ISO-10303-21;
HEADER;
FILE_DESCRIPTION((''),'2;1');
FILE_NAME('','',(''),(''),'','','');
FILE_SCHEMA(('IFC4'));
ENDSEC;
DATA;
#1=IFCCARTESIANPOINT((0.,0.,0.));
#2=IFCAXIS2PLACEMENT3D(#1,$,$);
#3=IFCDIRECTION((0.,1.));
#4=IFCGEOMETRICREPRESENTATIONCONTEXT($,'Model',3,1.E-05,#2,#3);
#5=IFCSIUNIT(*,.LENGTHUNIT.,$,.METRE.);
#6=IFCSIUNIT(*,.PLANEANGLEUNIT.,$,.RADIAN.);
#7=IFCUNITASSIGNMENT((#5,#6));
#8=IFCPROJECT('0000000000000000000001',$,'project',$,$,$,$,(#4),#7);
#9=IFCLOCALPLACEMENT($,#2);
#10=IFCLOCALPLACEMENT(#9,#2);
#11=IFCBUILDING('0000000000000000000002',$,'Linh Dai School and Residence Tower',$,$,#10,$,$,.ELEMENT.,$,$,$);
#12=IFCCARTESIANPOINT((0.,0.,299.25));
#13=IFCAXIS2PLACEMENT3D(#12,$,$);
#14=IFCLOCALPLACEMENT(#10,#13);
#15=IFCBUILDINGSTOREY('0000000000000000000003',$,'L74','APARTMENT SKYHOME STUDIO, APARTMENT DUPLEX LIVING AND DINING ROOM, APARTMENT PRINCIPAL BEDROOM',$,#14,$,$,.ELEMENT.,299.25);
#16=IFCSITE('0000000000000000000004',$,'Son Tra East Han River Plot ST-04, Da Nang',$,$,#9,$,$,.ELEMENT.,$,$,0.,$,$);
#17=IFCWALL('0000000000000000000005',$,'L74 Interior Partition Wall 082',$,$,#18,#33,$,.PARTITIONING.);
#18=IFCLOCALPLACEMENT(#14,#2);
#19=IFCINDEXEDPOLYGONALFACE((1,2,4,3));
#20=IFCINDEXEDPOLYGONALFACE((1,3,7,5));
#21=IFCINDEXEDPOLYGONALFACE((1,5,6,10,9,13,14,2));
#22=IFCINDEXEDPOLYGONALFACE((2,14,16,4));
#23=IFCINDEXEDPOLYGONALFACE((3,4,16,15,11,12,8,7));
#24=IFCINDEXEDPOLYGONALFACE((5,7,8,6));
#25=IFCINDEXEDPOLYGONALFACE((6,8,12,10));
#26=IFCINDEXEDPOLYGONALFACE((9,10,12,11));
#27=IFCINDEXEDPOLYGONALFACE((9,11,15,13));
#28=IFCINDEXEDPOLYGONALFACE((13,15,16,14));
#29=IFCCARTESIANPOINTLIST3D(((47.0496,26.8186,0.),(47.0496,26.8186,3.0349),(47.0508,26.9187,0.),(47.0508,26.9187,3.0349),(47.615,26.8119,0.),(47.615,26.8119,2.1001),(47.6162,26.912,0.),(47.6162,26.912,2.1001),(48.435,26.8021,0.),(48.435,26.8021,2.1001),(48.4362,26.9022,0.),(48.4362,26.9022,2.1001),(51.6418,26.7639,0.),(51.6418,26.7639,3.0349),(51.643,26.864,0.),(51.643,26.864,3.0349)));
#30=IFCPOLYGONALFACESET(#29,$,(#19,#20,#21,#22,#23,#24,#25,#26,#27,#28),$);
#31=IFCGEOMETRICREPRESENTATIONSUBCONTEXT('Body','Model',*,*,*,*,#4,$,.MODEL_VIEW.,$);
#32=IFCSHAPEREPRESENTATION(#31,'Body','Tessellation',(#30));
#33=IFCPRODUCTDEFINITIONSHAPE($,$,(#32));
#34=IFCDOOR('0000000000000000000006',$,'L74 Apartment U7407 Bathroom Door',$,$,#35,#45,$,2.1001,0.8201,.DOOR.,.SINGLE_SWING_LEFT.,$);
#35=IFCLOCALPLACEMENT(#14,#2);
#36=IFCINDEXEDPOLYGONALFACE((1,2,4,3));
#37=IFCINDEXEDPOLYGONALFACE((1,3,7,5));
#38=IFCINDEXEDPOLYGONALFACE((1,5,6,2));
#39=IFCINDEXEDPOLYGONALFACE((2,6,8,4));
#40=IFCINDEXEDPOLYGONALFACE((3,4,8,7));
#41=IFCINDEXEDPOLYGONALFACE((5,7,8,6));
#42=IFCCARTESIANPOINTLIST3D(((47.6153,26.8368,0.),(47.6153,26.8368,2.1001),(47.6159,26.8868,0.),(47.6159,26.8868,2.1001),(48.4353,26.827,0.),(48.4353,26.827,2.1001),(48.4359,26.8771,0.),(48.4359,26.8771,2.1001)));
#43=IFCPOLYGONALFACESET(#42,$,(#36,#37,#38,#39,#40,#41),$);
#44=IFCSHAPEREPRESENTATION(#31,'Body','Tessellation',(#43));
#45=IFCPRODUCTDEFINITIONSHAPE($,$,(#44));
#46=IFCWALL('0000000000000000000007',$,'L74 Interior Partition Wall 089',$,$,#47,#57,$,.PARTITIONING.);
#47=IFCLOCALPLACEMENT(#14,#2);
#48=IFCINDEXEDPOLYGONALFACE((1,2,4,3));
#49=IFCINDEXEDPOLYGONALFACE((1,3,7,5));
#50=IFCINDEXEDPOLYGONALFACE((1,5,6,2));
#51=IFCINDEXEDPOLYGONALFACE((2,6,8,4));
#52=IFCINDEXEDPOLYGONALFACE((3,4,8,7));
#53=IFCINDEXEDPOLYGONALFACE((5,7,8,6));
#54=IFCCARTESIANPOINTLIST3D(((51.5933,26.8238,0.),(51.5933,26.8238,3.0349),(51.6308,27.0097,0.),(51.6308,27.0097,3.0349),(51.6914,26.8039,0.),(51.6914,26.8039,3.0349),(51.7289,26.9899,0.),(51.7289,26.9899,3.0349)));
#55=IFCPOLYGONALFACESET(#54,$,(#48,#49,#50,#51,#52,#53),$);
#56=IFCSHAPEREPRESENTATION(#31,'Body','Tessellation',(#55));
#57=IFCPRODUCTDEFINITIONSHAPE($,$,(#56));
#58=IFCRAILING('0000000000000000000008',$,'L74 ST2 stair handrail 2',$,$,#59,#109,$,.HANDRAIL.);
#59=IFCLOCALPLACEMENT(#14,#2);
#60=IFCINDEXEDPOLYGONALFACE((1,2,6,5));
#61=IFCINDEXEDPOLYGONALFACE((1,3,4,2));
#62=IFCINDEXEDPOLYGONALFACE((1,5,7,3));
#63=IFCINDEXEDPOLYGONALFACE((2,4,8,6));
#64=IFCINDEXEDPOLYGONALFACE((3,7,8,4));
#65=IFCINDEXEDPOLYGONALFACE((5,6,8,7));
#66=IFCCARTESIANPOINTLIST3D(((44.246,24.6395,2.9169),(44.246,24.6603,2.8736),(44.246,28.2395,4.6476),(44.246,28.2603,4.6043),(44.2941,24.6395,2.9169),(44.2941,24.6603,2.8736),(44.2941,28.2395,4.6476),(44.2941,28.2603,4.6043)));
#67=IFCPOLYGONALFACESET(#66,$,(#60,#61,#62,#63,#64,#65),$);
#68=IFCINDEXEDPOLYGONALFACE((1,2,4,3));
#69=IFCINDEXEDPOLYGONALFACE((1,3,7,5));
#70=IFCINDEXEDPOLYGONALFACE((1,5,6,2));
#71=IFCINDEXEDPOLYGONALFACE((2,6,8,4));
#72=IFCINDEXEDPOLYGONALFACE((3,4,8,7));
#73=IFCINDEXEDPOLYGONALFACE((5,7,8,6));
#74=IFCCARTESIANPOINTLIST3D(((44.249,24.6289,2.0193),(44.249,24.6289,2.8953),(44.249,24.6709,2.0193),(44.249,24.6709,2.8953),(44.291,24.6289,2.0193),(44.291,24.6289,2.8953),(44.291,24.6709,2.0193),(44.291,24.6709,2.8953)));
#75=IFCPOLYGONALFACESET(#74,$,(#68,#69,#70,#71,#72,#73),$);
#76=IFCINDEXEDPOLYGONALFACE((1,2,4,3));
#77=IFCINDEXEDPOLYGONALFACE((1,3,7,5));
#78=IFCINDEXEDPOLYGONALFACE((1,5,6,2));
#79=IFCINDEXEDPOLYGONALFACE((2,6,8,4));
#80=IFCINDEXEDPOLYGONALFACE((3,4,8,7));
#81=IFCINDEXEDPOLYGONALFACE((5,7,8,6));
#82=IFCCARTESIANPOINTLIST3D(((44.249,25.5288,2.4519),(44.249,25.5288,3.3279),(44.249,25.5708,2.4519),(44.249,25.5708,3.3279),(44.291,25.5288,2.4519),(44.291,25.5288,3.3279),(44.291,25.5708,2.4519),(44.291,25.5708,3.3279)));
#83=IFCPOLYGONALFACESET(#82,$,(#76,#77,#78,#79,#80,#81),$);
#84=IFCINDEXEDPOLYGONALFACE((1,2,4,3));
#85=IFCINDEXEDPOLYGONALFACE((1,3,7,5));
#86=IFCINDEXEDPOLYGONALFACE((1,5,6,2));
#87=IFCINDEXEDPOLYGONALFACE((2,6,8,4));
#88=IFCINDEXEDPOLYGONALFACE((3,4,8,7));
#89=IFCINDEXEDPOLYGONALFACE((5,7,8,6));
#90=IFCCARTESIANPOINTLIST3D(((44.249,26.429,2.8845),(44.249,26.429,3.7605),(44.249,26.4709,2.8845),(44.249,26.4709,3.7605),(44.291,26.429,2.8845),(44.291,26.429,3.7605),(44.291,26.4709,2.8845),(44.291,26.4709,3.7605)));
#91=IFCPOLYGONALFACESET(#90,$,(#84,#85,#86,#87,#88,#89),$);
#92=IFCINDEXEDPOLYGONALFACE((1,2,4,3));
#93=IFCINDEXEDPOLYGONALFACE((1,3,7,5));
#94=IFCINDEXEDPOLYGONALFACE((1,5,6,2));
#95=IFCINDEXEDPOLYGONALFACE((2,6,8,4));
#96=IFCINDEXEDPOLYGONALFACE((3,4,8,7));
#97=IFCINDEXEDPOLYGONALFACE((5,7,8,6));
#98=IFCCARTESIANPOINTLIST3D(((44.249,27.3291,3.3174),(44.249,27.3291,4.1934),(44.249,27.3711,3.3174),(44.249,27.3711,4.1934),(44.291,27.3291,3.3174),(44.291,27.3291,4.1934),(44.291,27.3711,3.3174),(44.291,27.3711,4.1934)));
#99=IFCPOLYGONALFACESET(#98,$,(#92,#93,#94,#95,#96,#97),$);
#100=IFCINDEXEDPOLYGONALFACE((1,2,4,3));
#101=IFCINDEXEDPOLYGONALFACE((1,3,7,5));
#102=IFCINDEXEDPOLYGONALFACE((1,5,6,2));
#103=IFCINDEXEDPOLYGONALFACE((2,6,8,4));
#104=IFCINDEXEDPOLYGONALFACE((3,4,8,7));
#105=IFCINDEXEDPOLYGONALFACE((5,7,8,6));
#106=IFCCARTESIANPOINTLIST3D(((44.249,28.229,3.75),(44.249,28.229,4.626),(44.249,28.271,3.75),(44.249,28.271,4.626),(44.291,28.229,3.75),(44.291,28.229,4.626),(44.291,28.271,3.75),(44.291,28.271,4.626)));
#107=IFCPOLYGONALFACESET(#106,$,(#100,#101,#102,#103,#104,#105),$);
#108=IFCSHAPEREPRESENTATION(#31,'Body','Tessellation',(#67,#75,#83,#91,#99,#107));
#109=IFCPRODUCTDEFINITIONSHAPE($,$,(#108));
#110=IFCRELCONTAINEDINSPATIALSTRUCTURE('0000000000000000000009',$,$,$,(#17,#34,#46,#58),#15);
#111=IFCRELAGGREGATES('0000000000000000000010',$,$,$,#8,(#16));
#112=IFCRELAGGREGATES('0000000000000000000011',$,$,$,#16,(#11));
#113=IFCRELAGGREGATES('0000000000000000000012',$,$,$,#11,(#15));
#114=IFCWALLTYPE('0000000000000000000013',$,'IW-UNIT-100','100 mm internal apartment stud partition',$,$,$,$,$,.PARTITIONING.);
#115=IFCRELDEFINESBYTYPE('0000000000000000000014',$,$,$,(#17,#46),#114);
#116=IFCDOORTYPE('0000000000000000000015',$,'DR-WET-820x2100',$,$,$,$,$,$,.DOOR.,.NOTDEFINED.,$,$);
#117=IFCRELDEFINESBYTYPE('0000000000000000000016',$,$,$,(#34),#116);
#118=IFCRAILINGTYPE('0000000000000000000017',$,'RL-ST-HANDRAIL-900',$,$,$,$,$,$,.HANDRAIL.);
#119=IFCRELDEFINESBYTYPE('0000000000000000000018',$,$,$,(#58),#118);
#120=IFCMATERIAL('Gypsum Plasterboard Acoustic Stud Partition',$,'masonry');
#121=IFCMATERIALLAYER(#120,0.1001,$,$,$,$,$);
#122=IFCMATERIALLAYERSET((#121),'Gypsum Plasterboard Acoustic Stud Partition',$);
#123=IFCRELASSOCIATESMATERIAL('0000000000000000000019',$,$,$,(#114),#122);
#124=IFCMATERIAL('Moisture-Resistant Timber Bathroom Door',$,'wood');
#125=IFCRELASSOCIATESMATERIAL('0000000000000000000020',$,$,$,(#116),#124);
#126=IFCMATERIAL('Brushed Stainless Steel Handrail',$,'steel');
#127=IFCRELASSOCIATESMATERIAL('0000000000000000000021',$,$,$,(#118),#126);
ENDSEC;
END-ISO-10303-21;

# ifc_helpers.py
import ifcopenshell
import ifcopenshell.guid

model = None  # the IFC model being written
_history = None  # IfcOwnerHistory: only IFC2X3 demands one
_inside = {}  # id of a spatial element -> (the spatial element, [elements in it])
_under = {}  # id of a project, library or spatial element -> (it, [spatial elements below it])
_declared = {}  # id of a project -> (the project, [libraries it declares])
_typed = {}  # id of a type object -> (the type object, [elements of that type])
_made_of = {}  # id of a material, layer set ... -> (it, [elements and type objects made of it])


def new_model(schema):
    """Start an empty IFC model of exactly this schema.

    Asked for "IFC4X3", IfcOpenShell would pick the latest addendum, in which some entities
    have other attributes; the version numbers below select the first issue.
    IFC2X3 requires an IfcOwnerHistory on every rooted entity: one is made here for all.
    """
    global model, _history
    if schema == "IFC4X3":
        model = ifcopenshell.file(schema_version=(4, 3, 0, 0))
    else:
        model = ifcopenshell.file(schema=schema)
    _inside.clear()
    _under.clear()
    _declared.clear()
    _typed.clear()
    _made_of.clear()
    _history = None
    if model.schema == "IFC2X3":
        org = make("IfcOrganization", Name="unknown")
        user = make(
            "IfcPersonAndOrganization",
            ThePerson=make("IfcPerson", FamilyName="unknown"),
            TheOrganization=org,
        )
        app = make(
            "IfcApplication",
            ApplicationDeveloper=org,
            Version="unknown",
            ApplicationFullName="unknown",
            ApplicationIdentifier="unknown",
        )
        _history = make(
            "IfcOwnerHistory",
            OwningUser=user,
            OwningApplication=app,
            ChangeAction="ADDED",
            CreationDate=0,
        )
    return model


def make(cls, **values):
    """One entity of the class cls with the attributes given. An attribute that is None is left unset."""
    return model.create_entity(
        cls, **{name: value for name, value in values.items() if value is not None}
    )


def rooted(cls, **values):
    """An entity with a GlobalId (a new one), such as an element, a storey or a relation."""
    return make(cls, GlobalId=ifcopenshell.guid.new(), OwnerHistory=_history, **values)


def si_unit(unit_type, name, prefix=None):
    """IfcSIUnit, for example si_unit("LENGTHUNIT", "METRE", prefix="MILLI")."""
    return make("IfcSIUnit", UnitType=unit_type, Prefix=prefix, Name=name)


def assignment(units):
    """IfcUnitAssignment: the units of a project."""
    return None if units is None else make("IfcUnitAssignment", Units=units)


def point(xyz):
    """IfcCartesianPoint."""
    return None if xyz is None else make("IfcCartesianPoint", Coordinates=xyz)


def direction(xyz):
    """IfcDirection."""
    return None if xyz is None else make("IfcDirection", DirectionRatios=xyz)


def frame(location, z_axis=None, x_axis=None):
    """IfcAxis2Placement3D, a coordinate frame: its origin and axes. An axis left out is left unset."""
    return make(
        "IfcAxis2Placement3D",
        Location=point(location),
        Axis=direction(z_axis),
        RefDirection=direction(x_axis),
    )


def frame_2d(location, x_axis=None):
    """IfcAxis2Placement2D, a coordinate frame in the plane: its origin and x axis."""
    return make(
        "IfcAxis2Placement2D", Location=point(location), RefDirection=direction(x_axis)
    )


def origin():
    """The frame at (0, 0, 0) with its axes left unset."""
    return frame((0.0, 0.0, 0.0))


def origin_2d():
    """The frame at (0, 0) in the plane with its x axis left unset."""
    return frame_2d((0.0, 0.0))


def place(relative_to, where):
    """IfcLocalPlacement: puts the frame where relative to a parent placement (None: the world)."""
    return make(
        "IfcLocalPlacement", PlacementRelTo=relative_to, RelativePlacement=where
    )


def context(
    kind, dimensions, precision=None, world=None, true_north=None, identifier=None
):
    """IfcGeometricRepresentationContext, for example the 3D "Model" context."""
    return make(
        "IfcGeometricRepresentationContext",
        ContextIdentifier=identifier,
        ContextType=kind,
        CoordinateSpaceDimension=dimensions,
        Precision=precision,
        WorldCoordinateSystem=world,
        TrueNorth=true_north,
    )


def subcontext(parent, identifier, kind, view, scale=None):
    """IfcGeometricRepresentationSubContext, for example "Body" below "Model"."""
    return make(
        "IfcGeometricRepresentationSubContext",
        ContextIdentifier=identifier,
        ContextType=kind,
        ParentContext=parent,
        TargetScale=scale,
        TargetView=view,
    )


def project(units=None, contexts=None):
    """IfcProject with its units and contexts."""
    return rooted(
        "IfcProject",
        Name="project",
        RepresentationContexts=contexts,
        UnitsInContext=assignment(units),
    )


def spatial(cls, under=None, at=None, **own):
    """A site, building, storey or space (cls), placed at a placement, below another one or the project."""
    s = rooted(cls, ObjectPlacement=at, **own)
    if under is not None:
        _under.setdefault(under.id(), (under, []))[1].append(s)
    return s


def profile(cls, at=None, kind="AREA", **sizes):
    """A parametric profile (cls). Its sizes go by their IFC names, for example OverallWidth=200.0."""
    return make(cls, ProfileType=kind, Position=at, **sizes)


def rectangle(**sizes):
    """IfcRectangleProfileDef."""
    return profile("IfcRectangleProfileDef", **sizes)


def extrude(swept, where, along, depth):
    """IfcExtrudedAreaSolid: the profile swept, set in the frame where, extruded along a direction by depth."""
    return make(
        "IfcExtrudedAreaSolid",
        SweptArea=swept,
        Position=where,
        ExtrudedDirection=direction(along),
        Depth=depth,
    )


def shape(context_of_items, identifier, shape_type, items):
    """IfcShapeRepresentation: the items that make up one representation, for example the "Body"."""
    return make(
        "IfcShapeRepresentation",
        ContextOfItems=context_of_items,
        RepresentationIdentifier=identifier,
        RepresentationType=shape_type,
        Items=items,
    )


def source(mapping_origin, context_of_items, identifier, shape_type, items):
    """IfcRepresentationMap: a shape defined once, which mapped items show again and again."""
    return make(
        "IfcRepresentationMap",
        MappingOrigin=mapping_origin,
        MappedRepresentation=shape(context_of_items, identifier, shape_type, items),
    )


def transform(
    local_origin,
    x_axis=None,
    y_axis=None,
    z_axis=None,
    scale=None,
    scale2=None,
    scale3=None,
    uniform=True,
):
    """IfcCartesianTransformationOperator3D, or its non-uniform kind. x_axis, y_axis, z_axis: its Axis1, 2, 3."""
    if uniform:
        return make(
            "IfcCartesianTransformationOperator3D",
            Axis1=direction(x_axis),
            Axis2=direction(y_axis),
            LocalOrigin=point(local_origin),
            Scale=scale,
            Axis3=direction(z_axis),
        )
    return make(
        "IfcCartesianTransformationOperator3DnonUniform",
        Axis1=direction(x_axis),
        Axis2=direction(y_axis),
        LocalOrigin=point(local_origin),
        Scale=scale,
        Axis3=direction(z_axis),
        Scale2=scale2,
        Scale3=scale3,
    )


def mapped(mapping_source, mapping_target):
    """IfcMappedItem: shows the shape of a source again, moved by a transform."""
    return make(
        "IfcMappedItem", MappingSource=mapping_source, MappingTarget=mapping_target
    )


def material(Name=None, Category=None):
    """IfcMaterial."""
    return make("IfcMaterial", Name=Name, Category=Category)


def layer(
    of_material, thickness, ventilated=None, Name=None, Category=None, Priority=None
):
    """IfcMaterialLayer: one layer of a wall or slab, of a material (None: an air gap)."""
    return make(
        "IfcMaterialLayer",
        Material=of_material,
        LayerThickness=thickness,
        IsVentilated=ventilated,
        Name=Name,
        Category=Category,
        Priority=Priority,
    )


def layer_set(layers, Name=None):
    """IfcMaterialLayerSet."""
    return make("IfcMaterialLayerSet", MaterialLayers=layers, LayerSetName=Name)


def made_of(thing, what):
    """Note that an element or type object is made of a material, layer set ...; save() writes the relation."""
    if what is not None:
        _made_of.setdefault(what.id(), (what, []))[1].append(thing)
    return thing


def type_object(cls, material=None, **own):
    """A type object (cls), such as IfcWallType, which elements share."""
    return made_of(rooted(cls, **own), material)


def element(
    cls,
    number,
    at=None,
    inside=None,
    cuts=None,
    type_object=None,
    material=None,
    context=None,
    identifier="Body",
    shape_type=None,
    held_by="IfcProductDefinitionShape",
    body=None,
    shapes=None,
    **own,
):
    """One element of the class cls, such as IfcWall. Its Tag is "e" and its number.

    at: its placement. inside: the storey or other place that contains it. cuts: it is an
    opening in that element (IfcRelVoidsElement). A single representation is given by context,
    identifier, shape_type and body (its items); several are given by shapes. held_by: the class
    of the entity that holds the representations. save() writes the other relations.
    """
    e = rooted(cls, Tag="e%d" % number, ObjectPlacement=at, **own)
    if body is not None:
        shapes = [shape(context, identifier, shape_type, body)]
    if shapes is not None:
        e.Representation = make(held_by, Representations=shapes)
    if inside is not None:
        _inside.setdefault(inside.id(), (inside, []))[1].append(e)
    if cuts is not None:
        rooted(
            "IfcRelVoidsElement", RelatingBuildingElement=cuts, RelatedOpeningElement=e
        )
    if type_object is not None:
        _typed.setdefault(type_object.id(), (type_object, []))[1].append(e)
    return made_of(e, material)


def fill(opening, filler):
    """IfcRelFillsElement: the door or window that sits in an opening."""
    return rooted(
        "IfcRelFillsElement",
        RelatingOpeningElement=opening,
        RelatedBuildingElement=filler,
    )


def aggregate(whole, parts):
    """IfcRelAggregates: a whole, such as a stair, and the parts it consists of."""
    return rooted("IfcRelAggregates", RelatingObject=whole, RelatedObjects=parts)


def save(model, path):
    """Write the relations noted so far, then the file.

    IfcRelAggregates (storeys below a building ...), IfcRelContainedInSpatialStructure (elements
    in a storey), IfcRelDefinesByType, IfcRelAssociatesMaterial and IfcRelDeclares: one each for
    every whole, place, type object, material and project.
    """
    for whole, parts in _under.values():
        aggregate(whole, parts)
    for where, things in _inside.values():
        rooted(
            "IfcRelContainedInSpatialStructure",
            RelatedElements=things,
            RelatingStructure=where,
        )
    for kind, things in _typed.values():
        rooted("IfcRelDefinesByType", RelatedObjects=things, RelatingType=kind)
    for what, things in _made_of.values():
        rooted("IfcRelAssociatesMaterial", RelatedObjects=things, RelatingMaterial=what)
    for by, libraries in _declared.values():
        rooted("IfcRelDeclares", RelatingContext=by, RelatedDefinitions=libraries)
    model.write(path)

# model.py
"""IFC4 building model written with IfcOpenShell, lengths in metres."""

from ifc_helpers import new_model, si_unit, direction, frame, frame_2d, origin, origin_2d, place, context, subcontext, project, spatial, rectangle, extrude, source, transform, mapped, material, layer, layer_set, type_object, element, fill, save


model = new_model("IFC4")

# Units and contexts
model_context = context("Model", 3, precision=1e-05, world=origin(), true_north=direction((0.0, 1.0)))
body_context = subcontext(model_context, "Body", "Model", "MODEL_VIEW")
ifc_project = project(units=[si_unit("LENGTHUNIT", "METRE"), si_unit("PLANEANGLEUNIT", "RADIAN")], contexts=[model_context])

# Site, building, storey
site_placement = place(None, origin())
site = spatial("IfcSite", under=ifc_project, at=site_placement, Name="Son Tra East Han River Plot ST-04, Da Nang", CompositionType="ELEMENT", RefElevation=0.0)
building_placement = place(site_placement, origin())
building = spatial("IfcBuilding", under=site, at=building_placement, Name="Linh Dai School and Residence Tower", CompositionType="ELEMENT")
storey_placement = place(building_placement, frame((0.0, 0.0, 299.25)))
storey = spatial("IfcBuildingStorey", under=building, at=storey_placement, Name="L74", Description="APARTMENT SKYHOME STUDIO, APARTMENT DUPLEX LIVING AND DINING ROOM, APARTMENT PRINCIPAL BEDROOM", CompositionType="ELEMENT", Elevation=299.25)

# Wall, opening, door
ifc_material_1 = material(Name="Gypsum Plasterboard Acoustic Stud Partition", Category="masonry")
ifc_layer_1 = layer(ifc_material_1, 0.1001)
ifc_layer_set_1 = layer_set([ifc_layer_1], Name="Gypsum Plasterboard Acoustic Stud Partition")
wall_type_1 = type_object("IfcWallType", Name="IW-UNIT-100", Description="100 mm internal apartment stud partition", PredefinedType="PARTITIONING", material=ifc_layer_set_1)
wall_1_placement = place(storey_placement, frame((47.05, 26.8687, 0.0), z_axis=(0.0, 0.0, 1.0), x_axis=(0.999929, -0.011908, 0.0)))
wall_1 = element("IfcWall", 1, at=wall_1_placement, inside=storey, type_object=wall_type_1, Name="L74 Interior Partition Wall 082", PredefinedType="PARTITIONING", context=body_context, shape_type="SweptSolid", body=[
    extrude(rectangle(XDim=4.5925, YDim=0.1001, at=frame_2d((2.2964, 0.0))), origin(), (0.0, 0.0, 1.0), 3.0349),
])
opening_1_placement = place(wall_1_placement, frame((0.5654, 0.0, 0.0)))
opening_1 = element("IfcOpeningElement", 2, at=opening_1_placement, cuts=wall_1, PredefinedType="OPENING", context=body_context, shape_type="SweptSolid", body=[
    extrude(rectangle(XDim=0.8201, YDim=2.1001, at=origin_2d()), frame((0.4102, 0.0601, 1.05), z_axis=(0.0, -1.0, 0.0), x_axis=(1.0, 0.0, 0.0)), (0.0, 0.0, 1.0), 0.1201),
])
ifc_material_2 = material(Name="Moisture-Resistant Timber Bathroom Door", Category="wood")
door_type_1 = type_object("IfcDoorType", Name="DR-WET-820x2100", OperationType="NOTDEFINED", PredefinedType="DOOR", material=ifc_material_2)
shared_shape_1 = source(origin(), body_context, "Body", "SweptSolid", [
    extrude(rectangle(XDim=0.8201, YDim=2.1001, at=origin_2d()), frame((0.4102, 0.0249, 1.05), z_axis=(0.0, -1.0, 0.0), x_axis=(1.0, 0.0, 0.0)), (0.0, 0.0, 1.0), 0.05),
])
door_1_placement = place(opening_1_placement, origin())
door_1 = element("IfcDoor", 3, at=door_1_placement, inside=storey, type_object=door_type_1, Name="L74 Apartment U7407 Bathroom Door", OperationType="SINGLE_SWING_LEFT", OverallHeight=2.1001, OverallWidth=0.8201, PredefinedType="DOOR", context=body_context, shape_type="MappedRepresentation", body=[
    mapped(shared_shape_1, transform((0.0, 0.0, 0.0), x_axis=(1.0, 0.0, 0.0), y_axis=(0.0, 1.0, 0.0), z_axis=(0.0, 0.0, 1.0), scale=1.0)),
])
fill(opening_1, door_1)

# Wall
wall_2_placement = place(storey_placement, frame((51.6423, 26.814, 0.0), z_axis=(0.0, 0.0, 1.0), x_axis=(0.198095, 0.980183, 0.0)))
element("IfcWall", 4, at=wall_2_placement, inside=storey, type_object=wall_type_1, Name="L74 Interior Partition Wall 089", PredefinedType="PARTITIONING", context=body_context, shape_type="SweptSolid", body=[
    extrude(rectangle(XDim=0.1897, YDim=0.1001, at=frame_2d((0.0947, 0.0))), origin(), (0.0, 0.0, 1.0), 3.0349),
])

# Railing
ifc_material_3 = material(Name="Brushed Stainless Steel Handrail", Category="steel")
railing_type = type_object("IfcRailingType", Name="RL-ST-HANDRAIL-900", PredefinedType="HANDRAIL", material=ifc_material_3)
shared_shape_2 = source(origin(), body_context, "Body", "SweptSolid", [
    extrude(rectangle(XDim=0.0481, YDim=0.0481, at=origin_2d()), frame((0.0, 0.0, 0.876), z_axis=(0.0, 0.901263, 0.433273), x_axis=(-1.0, 0.0, 0.0)), (0.0, 0.0, 1.0), 3.9944),
    extrude(rectangle(XDim=0.042, YDim=0.042, at=origin_2d()), origin(), (0.0, 0.0, 1.0), 0.876),
    extrude(rectangle(XDim=0.042, YDim=0.042, at=origin_2d()), frame((0.0, 0.8999, 0.4326)), (0.0, 0.0, 1.0), 0.876),
    extrude(rectangle(XDim=0.042, YDim=0.042, at=origin_2d()), frame((0.0, 1.8, 0.8652)), (0.0, 0.0, 1.0), 0.876),
    extrude(rectangle(XDim=0.042, YDim=0.042, at=origin_2d()), frame((0.0, 2.7002, 1.2981)), (0.0, 0.0, 1.0), 0.876),
    extrude(rectangle(XDim=0.042, YDim=0.042, at=origin_2d()), frame((0.0, 3.6001, 1.7307)), (0.0, 0.0, 1.0), 0.876),
])
railing_placement = place(storey_placement, frame((44.27, 24.6499, 2.0193)))
element("IfcRailing", 5, at=railing_placement, inside=storey, type_object=railing_type, Name="L74 ST2 stair handrail 2", PredefinedType="HANDRAIL", context=body_context, shape_type="MappedRepresentation", body=[
    mapped(shared_shape_2, transform((0.0, 0.0, 0.0), x_axis=(1.0, 0.0, 0.0), y_axis=(0.0, 1.0, 0.0), z_axis=(0.0, 0.0, 1.0), scale=1.0)),
])

save(model, "model.ifc")
